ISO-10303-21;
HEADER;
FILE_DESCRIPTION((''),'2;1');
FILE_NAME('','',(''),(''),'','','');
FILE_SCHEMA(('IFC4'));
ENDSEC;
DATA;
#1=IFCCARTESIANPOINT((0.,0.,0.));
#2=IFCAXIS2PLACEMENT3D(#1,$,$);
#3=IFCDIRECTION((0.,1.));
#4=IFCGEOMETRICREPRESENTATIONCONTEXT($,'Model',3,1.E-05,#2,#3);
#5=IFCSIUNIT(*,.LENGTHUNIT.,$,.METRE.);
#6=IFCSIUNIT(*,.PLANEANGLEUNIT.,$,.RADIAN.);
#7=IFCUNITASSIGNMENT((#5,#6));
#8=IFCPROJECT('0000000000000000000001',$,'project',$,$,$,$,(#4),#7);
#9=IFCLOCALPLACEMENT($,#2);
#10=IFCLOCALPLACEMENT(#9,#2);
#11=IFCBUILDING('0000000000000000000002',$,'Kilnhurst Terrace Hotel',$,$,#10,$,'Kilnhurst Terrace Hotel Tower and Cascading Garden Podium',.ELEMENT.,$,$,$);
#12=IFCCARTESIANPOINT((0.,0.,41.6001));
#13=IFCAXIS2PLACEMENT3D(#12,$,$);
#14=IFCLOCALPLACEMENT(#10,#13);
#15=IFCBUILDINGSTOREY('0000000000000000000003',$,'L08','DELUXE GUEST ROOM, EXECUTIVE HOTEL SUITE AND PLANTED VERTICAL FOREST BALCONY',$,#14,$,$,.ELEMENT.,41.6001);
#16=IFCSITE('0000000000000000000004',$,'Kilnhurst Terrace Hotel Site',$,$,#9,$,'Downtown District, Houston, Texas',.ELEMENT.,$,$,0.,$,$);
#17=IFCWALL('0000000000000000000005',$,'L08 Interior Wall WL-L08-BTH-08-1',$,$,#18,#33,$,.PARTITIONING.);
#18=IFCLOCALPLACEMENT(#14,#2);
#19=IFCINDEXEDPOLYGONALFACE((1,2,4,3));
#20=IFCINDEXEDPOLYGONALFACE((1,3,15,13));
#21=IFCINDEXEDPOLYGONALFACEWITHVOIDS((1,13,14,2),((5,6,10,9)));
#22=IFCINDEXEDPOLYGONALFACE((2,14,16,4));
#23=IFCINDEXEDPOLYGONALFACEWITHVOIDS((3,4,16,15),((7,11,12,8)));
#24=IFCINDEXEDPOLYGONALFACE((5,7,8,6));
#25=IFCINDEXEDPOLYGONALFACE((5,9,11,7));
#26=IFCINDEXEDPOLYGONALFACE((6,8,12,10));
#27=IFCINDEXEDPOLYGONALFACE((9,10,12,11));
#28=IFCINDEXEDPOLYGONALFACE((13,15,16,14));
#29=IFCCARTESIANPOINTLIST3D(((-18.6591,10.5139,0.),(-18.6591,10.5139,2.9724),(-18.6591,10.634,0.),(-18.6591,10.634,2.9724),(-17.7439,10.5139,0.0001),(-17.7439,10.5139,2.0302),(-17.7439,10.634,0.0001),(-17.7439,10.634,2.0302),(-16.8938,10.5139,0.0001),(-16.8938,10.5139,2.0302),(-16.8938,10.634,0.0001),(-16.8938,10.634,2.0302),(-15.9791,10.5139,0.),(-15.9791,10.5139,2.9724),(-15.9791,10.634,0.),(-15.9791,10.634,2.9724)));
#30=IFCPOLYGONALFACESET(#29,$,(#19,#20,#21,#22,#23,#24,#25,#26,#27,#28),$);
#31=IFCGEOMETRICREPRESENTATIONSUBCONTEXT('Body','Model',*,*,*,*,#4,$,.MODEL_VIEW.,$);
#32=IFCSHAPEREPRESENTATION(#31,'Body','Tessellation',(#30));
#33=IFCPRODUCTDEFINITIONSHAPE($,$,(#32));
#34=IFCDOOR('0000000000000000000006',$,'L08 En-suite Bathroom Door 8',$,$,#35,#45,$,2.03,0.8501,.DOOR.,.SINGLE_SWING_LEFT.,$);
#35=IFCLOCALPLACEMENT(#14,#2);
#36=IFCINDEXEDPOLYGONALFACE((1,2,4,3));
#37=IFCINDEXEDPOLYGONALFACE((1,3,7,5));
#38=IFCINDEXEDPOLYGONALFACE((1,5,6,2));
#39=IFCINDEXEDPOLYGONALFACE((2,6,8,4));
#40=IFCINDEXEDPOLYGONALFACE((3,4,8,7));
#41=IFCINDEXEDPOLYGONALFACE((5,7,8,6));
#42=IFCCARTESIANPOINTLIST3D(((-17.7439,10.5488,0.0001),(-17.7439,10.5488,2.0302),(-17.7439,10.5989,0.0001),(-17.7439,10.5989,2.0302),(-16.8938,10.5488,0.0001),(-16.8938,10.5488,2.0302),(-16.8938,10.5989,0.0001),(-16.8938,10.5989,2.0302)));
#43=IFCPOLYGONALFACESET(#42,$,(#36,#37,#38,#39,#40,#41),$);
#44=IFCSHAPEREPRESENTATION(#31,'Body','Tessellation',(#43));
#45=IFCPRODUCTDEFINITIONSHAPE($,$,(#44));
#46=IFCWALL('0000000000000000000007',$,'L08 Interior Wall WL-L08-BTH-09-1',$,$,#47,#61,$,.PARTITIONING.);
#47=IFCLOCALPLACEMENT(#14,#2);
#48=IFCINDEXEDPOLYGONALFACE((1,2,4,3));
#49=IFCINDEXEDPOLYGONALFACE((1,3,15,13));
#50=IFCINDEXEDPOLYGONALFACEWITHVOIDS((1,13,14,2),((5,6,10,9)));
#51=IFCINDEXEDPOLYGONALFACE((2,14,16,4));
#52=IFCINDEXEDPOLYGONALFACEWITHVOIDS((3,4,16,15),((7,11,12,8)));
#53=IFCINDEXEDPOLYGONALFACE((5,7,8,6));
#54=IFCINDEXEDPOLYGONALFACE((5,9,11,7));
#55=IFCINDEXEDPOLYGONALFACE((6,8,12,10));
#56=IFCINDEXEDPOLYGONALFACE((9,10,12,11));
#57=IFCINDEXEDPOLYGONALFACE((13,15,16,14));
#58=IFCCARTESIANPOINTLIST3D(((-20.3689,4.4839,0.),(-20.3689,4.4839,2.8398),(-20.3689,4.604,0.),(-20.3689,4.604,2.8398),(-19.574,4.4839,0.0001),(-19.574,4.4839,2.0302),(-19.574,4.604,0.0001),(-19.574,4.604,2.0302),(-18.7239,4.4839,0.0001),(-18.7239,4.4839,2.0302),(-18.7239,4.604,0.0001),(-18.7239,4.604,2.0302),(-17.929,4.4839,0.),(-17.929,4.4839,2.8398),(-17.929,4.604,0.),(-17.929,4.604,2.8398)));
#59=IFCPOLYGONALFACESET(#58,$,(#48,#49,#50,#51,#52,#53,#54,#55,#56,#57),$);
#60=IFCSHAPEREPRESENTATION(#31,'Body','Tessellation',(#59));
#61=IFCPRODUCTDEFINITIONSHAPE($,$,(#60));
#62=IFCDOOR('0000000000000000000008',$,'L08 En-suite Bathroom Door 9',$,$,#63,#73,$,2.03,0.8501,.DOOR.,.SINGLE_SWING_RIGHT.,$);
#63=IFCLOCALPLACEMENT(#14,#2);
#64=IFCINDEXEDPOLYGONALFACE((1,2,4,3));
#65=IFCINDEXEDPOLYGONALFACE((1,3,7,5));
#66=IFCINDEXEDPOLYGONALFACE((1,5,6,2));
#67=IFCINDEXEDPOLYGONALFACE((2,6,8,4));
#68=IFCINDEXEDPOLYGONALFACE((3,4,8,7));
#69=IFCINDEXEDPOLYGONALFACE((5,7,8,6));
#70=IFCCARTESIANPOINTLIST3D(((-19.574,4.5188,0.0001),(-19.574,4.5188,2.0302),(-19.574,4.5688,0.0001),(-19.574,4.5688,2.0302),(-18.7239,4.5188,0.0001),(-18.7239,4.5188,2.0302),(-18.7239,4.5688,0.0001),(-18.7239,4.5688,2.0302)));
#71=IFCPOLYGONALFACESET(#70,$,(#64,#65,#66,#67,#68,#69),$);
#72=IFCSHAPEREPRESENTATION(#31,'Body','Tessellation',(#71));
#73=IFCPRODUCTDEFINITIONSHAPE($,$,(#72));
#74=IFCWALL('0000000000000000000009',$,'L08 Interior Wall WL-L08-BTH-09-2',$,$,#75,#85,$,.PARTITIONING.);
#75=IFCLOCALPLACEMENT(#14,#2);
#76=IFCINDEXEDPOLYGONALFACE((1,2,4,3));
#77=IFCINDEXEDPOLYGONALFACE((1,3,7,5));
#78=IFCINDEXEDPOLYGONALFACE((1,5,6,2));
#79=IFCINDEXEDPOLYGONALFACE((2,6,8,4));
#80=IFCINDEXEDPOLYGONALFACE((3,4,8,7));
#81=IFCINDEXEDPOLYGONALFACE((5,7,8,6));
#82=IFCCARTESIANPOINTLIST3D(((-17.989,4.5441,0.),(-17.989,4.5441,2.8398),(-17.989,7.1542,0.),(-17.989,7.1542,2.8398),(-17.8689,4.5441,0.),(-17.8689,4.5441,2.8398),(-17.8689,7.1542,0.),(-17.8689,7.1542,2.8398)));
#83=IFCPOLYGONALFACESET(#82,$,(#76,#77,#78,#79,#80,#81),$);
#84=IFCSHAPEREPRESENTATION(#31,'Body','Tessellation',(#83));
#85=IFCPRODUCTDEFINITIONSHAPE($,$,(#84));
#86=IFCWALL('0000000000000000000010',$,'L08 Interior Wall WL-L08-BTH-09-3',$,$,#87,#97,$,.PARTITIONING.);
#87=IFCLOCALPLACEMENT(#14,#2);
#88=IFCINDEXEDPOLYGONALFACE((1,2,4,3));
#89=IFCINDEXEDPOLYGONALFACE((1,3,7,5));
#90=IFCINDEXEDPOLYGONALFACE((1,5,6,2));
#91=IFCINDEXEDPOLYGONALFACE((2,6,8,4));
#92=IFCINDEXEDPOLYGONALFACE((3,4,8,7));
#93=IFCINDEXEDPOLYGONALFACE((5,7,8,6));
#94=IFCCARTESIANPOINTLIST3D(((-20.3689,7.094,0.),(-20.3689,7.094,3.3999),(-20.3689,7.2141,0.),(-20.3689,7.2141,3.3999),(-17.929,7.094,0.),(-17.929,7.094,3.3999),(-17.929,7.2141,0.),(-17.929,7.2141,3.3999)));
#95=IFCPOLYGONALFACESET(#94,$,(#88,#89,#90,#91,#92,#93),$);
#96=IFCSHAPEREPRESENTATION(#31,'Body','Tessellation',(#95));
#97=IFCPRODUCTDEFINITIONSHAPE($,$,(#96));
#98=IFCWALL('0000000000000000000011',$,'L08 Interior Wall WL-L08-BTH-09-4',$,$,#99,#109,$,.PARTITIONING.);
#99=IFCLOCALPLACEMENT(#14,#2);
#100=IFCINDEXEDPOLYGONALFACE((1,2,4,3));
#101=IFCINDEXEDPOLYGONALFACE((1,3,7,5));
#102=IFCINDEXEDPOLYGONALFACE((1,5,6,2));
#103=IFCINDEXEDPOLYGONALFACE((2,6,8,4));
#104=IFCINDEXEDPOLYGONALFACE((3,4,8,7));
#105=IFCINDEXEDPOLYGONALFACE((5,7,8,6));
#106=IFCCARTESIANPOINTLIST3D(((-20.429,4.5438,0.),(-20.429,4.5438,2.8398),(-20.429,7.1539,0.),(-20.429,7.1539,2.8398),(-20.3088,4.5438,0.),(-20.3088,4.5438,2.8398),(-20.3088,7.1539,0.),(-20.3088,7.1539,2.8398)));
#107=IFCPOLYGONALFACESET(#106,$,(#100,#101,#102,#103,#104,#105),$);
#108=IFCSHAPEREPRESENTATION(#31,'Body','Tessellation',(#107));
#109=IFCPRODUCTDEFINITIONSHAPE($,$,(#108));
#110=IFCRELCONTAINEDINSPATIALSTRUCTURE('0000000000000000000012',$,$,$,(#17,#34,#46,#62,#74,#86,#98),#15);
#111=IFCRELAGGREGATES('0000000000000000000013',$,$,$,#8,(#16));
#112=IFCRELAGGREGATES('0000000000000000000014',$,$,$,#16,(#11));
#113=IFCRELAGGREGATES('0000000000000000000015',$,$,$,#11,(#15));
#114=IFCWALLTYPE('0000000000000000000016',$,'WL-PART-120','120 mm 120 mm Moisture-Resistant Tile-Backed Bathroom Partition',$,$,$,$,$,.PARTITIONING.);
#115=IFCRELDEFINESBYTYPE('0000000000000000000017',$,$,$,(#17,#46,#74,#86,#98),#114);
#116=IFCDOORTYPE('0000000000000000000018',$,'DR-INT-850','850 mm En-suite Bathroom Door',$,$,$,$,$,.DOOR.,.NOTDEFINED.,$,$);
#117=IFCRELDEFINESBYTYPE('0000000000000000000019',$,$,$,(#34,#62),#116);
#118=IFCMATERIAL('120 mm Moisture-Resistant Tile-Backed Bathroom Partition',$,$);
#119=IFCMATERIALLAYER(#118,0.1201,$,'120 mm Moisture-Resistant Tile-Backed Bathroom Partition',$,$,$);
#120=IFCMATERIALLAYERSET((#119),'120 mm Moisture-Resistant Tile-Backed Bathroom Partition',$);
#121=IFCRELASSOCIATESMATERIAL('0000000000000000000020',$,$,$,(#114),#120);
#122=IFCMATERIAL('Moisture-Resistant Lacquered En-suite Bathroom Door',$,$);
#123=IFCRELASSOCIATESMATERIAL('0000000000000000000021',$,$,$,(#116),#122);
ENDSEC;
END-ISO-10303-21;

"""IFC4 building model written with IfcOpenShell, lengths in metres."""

from ifc_helpers import new_model, si_unit, direction, frame, frame_2d, origin, place, context, subcontext, project, spatial, rectangle, extrude, material, layer, layer_set, type_object, element, fill, save


model = new_model("IFC4")

# Units and contexts
model_context = context("Model", 3, precision=1e-05, world=origin(), true_north=direction((0.0, 1.0)))
body_context = subcontext(model_context, "Body", "Model", "MODEL_VIEW")
ifc_project = project(units=[si_unit("LENGTHUNIT", "METRE"), si_unit("PLANEANGLEUNIT", "RADIAN")], contexts=[model_context])

# Site, building, storey
site_placement = place(None, origin())
site = spatial("IfcSite", under=ifc_project, at=site_placement, Name="Kilnhurst Terrace Hotel Site", LongName="Downtown District, Houston, Texas", CompositionType="ELEMENT", RefElevation=0.0)
building_placement = place(site_placement, origin())
building = spatial("IfcBuilding", under=site, at=building_placement, Name="Kilnhurst Terrace Hotel", LongName="Kilnhurst Terrace Hotel Tower and Cascading Garden Podium", CompositionType="ELEMENT")
storey_placement = place(building_placement, frame((0.0, 0.0, 41.6001)))
storey = spatial("IfcBuildingStorey", under=building, at=storey_placement, Name="L08", Description="DELUXE GUEST ROOM, EXECUTIVE HOTEL SUITE AND PLANTED VERTICAL FOREST BALCONY", CompositionType="ELEMENT", Elevation=41.6001)

# Walls, openings, doors
ifc_material_1 = material(Name="120 mm Moisture-Resistant Tile-Backed Bathroom Partition")
ifc_layer_1 = layer(ifc_material_1, 0.1201, Name="120 mm Moisture-Resistant Tile-Backed Bathroom Partition")
ifc_layer_set_1 = layer_set([ifc_layer_1], Name="120 mm Moisture-Resistant Tile-Backed Bathroom Partition")
wall_type_1 = type_object("IfcWallType", Name="WL-PART-120", Description="120 mm 120 mm Moisture-Resistant Tile-Backed Bathroom Partition", PredefinedType="PARTITIONING", material=ifc_layer_set_1)
wall_1_placement = place(storey_placement, frame((-18.6589, 10.574, 0.0), z_axis=(0.0, 0.0, 1.0), x_axis=(1.0, 0.0, 0.0)))
wall_1 = element("IfcWall", 1, at=wall_1_placement, inside=storey, type_object=wall_type_1, Name="L08 Interior Wall WL-L08-BTH-08-1", PredefinedType="PARTITIONING", context=body_context, shape_type="SweptSolid", body=[
    extrude(rectangle(XDim=2.6799, YDim=0.1201, at=frame_2d((1.3398, 0.0))), origin(), (0.0, 0.0, 1.0), 2.9724),
])
opening_1_placement = place(wall_1_placement, frame((0.915, 0.0, 0.0)))
opening_1 = element("IfcOpeningElement", 2, at=opening_1_placement, cuts=wall_1, PredefinedType="OPENING", context=body_context, shape_type="SweptSolid", body=[
    extrude(rectangle(XDim=0.8501, YDim=2.03, at=frame_2d((0.425, 1.0151))), frame((0.0, 0.0701, 0.0), z_axis=(0.0, -1.0, 0.0), x_axis=(1.0, 0.0, 0.0)), (0.0, 0.0, 1.0), 0.1401),
])
ifc_material_2 = material(Name="Moisture-Resistant Lacquered En-suite Bathroom Door")
door_type_1 = type_object("IfcDoorType", Name="DR-INT-850", Description="850 mm En-suite Bathroom Door", OperationType="NOTDEFINED", PredefinedType="DOOR", material=ifc_material_2)
door_1_placement = place(opening_1_placement, origin())
door_1 = element("IfcDoor", 3, at=door_1_placement, inside=storey, type_object=door_type_1, Name="L08 En-suite Bathroom Door 8", OperationType="SINGLE_SWING_LEFT", OverallHeight=2.03, OverallWidth=0.8501, PredefinedType="DOOR", context=body_context, shape_type="SweptSolid", body=[
    extrude(rectangle(XDim=0.8501, YDim=2.03, at=frame_2d((0.425, 1.0151))), frame((0.0, 0.0249, 0.0), z_axis=(0.0, -1.0, 0.0), x_axis=(1.0, 0.0, 0.0)), (0.0, 0.0, 1.0), 0.05),
])
fill(opening_1, door_1)
wall_2_placement = place(storey_placement, frame((-20.3689, 4.5439, 0.0), z_axis=(0.0, 0.0, 1.0), x_axis=(1.0, 0.0, 0.0)))
wall_2 = element("IfcWall", 4, at=wall_2_placement, inside=storey, type_object=wall_type_1, Name="L08 Interior Wall WL-L08-BTH-09-1", PredefinedType="PARTITIONING", context=body_context, shape_type="SweptSolid", body=[
    extrude(rectangle(XDim=2.4399, YDim=0.1201, at=frame_2d((1.22, 0.0))), origin(), (0.0, 0.0, 1.0), 2.8398),
])
opening_2_placement = place(wall_2_placement, frame((0.7949, 0.0, 0.0)))
opening_2 = element("IfcOpeningElement", 5, at=opening_2_placement, cuts=wall_2, PredefinedType="OPENING", context=body_context, shape_type="SweptSolid", body=[
    extrude(rectangle(XDim=0.8501, YDim=2.03, at=frame_2d((0.425, 1.0151))), frame((0.0, 0.0701, 0.0), z_axis=(0.0, -1.0, 0.0), x_axis=(1.0, 0.0, 0.0)), (0.0, 0.0, 1.0), 0.1401),
])
door_2_placement = place(opening_2_placement, origin())
door_2 = element("IfcDoor", 6, at=door_2_placement, inside=storey, type_object=door_type_1, Name="L08 En-suite Bathroom Door 9", OperationType="SINGLE_SWING_RIGHT", OverallHeight=2.03, OverallWidth=0.8501, PredefinedType="DOOR", context=body_context, shape_type="SweptSolid", body=[
    extrude(rectangle(XDim=0.8501, YDim=2.03, at=frame_2d((0.425, 1.0151))), frame((0.0, 0.0249, 0.0), z_axis=(0.0, -1.0, 0.0), x_axis=(1.0, 0.0, 0.0)), (0.0, 0.0, 1.0), 0.05),
])
fill(opening_2, door_2)

# Walls
wall_3_placement = place(storey_placement, frame((-17.929, 4.5439, 0.0), z_axis=(0.0, 0.0, 1.0), x_axis=(0.0, 1.0, 0.0)))
element("IfcWall", 7, at=wall_3_placement, inside=storey, type_object=wall_type_1, Name="L08 Interior Wall WL-L08-BTH-09-2", PredefinedType="PARTITIONING", context=body_context, shape_type="SweptSolid", body=[
    extrude(rectangle(XDim=2.6101, YDim=0.1201, at=frame_2d((1.3052, 0.0))), origin(), (0.0, 0.0, 1.0), 2.8398),
])
wall_4_placement = place(storey_placement, frame((-17.929, 7.1541, 0.0), z_axis=(0.0, 0.0, 1.0), x_axis=(-1.0, 0.0, 0.0)))
element("IfcWall", 8, at=wall_4_placement, inside=storey, type_object=wall_type_1, Name="L08 Interior Wall WL-L08-BTH-09-3", PredefinedType="PARTITIONING", context=body_context, shape_type="SweptSolid", body=[
    extrude(rectangle(XDim=2.4399, YDim=0.1201, at=frame_2d((1.22, 0.0))), origin(), (0.0, 0.0, 1.0), 3.3999),
])
wall_5_placement = place(storey_placement, frame((-20.3689, 7.1541, 0.0), z_axis=(0.0, 0.0, 1.0), x_axis=(0.0, -1.0, 0.0)))
element("IfcWall", 9, at=wall_5_placement, inside=storey, type_object=wall_type_1, Name="L08 Interior Wall WL-L08-BTH-09-4", PredefinedType="PARTITIONING", context=body_context, shape_type="SweptSolid", body=[
    extrude(rectangle(XDim=2.6101, YDim=0.1201, at=frame_2d((1.3052, 0.0))), origin(), (0.0, 0.0, 1.0), 2.8398),
])

save(model, "model.ifc")
